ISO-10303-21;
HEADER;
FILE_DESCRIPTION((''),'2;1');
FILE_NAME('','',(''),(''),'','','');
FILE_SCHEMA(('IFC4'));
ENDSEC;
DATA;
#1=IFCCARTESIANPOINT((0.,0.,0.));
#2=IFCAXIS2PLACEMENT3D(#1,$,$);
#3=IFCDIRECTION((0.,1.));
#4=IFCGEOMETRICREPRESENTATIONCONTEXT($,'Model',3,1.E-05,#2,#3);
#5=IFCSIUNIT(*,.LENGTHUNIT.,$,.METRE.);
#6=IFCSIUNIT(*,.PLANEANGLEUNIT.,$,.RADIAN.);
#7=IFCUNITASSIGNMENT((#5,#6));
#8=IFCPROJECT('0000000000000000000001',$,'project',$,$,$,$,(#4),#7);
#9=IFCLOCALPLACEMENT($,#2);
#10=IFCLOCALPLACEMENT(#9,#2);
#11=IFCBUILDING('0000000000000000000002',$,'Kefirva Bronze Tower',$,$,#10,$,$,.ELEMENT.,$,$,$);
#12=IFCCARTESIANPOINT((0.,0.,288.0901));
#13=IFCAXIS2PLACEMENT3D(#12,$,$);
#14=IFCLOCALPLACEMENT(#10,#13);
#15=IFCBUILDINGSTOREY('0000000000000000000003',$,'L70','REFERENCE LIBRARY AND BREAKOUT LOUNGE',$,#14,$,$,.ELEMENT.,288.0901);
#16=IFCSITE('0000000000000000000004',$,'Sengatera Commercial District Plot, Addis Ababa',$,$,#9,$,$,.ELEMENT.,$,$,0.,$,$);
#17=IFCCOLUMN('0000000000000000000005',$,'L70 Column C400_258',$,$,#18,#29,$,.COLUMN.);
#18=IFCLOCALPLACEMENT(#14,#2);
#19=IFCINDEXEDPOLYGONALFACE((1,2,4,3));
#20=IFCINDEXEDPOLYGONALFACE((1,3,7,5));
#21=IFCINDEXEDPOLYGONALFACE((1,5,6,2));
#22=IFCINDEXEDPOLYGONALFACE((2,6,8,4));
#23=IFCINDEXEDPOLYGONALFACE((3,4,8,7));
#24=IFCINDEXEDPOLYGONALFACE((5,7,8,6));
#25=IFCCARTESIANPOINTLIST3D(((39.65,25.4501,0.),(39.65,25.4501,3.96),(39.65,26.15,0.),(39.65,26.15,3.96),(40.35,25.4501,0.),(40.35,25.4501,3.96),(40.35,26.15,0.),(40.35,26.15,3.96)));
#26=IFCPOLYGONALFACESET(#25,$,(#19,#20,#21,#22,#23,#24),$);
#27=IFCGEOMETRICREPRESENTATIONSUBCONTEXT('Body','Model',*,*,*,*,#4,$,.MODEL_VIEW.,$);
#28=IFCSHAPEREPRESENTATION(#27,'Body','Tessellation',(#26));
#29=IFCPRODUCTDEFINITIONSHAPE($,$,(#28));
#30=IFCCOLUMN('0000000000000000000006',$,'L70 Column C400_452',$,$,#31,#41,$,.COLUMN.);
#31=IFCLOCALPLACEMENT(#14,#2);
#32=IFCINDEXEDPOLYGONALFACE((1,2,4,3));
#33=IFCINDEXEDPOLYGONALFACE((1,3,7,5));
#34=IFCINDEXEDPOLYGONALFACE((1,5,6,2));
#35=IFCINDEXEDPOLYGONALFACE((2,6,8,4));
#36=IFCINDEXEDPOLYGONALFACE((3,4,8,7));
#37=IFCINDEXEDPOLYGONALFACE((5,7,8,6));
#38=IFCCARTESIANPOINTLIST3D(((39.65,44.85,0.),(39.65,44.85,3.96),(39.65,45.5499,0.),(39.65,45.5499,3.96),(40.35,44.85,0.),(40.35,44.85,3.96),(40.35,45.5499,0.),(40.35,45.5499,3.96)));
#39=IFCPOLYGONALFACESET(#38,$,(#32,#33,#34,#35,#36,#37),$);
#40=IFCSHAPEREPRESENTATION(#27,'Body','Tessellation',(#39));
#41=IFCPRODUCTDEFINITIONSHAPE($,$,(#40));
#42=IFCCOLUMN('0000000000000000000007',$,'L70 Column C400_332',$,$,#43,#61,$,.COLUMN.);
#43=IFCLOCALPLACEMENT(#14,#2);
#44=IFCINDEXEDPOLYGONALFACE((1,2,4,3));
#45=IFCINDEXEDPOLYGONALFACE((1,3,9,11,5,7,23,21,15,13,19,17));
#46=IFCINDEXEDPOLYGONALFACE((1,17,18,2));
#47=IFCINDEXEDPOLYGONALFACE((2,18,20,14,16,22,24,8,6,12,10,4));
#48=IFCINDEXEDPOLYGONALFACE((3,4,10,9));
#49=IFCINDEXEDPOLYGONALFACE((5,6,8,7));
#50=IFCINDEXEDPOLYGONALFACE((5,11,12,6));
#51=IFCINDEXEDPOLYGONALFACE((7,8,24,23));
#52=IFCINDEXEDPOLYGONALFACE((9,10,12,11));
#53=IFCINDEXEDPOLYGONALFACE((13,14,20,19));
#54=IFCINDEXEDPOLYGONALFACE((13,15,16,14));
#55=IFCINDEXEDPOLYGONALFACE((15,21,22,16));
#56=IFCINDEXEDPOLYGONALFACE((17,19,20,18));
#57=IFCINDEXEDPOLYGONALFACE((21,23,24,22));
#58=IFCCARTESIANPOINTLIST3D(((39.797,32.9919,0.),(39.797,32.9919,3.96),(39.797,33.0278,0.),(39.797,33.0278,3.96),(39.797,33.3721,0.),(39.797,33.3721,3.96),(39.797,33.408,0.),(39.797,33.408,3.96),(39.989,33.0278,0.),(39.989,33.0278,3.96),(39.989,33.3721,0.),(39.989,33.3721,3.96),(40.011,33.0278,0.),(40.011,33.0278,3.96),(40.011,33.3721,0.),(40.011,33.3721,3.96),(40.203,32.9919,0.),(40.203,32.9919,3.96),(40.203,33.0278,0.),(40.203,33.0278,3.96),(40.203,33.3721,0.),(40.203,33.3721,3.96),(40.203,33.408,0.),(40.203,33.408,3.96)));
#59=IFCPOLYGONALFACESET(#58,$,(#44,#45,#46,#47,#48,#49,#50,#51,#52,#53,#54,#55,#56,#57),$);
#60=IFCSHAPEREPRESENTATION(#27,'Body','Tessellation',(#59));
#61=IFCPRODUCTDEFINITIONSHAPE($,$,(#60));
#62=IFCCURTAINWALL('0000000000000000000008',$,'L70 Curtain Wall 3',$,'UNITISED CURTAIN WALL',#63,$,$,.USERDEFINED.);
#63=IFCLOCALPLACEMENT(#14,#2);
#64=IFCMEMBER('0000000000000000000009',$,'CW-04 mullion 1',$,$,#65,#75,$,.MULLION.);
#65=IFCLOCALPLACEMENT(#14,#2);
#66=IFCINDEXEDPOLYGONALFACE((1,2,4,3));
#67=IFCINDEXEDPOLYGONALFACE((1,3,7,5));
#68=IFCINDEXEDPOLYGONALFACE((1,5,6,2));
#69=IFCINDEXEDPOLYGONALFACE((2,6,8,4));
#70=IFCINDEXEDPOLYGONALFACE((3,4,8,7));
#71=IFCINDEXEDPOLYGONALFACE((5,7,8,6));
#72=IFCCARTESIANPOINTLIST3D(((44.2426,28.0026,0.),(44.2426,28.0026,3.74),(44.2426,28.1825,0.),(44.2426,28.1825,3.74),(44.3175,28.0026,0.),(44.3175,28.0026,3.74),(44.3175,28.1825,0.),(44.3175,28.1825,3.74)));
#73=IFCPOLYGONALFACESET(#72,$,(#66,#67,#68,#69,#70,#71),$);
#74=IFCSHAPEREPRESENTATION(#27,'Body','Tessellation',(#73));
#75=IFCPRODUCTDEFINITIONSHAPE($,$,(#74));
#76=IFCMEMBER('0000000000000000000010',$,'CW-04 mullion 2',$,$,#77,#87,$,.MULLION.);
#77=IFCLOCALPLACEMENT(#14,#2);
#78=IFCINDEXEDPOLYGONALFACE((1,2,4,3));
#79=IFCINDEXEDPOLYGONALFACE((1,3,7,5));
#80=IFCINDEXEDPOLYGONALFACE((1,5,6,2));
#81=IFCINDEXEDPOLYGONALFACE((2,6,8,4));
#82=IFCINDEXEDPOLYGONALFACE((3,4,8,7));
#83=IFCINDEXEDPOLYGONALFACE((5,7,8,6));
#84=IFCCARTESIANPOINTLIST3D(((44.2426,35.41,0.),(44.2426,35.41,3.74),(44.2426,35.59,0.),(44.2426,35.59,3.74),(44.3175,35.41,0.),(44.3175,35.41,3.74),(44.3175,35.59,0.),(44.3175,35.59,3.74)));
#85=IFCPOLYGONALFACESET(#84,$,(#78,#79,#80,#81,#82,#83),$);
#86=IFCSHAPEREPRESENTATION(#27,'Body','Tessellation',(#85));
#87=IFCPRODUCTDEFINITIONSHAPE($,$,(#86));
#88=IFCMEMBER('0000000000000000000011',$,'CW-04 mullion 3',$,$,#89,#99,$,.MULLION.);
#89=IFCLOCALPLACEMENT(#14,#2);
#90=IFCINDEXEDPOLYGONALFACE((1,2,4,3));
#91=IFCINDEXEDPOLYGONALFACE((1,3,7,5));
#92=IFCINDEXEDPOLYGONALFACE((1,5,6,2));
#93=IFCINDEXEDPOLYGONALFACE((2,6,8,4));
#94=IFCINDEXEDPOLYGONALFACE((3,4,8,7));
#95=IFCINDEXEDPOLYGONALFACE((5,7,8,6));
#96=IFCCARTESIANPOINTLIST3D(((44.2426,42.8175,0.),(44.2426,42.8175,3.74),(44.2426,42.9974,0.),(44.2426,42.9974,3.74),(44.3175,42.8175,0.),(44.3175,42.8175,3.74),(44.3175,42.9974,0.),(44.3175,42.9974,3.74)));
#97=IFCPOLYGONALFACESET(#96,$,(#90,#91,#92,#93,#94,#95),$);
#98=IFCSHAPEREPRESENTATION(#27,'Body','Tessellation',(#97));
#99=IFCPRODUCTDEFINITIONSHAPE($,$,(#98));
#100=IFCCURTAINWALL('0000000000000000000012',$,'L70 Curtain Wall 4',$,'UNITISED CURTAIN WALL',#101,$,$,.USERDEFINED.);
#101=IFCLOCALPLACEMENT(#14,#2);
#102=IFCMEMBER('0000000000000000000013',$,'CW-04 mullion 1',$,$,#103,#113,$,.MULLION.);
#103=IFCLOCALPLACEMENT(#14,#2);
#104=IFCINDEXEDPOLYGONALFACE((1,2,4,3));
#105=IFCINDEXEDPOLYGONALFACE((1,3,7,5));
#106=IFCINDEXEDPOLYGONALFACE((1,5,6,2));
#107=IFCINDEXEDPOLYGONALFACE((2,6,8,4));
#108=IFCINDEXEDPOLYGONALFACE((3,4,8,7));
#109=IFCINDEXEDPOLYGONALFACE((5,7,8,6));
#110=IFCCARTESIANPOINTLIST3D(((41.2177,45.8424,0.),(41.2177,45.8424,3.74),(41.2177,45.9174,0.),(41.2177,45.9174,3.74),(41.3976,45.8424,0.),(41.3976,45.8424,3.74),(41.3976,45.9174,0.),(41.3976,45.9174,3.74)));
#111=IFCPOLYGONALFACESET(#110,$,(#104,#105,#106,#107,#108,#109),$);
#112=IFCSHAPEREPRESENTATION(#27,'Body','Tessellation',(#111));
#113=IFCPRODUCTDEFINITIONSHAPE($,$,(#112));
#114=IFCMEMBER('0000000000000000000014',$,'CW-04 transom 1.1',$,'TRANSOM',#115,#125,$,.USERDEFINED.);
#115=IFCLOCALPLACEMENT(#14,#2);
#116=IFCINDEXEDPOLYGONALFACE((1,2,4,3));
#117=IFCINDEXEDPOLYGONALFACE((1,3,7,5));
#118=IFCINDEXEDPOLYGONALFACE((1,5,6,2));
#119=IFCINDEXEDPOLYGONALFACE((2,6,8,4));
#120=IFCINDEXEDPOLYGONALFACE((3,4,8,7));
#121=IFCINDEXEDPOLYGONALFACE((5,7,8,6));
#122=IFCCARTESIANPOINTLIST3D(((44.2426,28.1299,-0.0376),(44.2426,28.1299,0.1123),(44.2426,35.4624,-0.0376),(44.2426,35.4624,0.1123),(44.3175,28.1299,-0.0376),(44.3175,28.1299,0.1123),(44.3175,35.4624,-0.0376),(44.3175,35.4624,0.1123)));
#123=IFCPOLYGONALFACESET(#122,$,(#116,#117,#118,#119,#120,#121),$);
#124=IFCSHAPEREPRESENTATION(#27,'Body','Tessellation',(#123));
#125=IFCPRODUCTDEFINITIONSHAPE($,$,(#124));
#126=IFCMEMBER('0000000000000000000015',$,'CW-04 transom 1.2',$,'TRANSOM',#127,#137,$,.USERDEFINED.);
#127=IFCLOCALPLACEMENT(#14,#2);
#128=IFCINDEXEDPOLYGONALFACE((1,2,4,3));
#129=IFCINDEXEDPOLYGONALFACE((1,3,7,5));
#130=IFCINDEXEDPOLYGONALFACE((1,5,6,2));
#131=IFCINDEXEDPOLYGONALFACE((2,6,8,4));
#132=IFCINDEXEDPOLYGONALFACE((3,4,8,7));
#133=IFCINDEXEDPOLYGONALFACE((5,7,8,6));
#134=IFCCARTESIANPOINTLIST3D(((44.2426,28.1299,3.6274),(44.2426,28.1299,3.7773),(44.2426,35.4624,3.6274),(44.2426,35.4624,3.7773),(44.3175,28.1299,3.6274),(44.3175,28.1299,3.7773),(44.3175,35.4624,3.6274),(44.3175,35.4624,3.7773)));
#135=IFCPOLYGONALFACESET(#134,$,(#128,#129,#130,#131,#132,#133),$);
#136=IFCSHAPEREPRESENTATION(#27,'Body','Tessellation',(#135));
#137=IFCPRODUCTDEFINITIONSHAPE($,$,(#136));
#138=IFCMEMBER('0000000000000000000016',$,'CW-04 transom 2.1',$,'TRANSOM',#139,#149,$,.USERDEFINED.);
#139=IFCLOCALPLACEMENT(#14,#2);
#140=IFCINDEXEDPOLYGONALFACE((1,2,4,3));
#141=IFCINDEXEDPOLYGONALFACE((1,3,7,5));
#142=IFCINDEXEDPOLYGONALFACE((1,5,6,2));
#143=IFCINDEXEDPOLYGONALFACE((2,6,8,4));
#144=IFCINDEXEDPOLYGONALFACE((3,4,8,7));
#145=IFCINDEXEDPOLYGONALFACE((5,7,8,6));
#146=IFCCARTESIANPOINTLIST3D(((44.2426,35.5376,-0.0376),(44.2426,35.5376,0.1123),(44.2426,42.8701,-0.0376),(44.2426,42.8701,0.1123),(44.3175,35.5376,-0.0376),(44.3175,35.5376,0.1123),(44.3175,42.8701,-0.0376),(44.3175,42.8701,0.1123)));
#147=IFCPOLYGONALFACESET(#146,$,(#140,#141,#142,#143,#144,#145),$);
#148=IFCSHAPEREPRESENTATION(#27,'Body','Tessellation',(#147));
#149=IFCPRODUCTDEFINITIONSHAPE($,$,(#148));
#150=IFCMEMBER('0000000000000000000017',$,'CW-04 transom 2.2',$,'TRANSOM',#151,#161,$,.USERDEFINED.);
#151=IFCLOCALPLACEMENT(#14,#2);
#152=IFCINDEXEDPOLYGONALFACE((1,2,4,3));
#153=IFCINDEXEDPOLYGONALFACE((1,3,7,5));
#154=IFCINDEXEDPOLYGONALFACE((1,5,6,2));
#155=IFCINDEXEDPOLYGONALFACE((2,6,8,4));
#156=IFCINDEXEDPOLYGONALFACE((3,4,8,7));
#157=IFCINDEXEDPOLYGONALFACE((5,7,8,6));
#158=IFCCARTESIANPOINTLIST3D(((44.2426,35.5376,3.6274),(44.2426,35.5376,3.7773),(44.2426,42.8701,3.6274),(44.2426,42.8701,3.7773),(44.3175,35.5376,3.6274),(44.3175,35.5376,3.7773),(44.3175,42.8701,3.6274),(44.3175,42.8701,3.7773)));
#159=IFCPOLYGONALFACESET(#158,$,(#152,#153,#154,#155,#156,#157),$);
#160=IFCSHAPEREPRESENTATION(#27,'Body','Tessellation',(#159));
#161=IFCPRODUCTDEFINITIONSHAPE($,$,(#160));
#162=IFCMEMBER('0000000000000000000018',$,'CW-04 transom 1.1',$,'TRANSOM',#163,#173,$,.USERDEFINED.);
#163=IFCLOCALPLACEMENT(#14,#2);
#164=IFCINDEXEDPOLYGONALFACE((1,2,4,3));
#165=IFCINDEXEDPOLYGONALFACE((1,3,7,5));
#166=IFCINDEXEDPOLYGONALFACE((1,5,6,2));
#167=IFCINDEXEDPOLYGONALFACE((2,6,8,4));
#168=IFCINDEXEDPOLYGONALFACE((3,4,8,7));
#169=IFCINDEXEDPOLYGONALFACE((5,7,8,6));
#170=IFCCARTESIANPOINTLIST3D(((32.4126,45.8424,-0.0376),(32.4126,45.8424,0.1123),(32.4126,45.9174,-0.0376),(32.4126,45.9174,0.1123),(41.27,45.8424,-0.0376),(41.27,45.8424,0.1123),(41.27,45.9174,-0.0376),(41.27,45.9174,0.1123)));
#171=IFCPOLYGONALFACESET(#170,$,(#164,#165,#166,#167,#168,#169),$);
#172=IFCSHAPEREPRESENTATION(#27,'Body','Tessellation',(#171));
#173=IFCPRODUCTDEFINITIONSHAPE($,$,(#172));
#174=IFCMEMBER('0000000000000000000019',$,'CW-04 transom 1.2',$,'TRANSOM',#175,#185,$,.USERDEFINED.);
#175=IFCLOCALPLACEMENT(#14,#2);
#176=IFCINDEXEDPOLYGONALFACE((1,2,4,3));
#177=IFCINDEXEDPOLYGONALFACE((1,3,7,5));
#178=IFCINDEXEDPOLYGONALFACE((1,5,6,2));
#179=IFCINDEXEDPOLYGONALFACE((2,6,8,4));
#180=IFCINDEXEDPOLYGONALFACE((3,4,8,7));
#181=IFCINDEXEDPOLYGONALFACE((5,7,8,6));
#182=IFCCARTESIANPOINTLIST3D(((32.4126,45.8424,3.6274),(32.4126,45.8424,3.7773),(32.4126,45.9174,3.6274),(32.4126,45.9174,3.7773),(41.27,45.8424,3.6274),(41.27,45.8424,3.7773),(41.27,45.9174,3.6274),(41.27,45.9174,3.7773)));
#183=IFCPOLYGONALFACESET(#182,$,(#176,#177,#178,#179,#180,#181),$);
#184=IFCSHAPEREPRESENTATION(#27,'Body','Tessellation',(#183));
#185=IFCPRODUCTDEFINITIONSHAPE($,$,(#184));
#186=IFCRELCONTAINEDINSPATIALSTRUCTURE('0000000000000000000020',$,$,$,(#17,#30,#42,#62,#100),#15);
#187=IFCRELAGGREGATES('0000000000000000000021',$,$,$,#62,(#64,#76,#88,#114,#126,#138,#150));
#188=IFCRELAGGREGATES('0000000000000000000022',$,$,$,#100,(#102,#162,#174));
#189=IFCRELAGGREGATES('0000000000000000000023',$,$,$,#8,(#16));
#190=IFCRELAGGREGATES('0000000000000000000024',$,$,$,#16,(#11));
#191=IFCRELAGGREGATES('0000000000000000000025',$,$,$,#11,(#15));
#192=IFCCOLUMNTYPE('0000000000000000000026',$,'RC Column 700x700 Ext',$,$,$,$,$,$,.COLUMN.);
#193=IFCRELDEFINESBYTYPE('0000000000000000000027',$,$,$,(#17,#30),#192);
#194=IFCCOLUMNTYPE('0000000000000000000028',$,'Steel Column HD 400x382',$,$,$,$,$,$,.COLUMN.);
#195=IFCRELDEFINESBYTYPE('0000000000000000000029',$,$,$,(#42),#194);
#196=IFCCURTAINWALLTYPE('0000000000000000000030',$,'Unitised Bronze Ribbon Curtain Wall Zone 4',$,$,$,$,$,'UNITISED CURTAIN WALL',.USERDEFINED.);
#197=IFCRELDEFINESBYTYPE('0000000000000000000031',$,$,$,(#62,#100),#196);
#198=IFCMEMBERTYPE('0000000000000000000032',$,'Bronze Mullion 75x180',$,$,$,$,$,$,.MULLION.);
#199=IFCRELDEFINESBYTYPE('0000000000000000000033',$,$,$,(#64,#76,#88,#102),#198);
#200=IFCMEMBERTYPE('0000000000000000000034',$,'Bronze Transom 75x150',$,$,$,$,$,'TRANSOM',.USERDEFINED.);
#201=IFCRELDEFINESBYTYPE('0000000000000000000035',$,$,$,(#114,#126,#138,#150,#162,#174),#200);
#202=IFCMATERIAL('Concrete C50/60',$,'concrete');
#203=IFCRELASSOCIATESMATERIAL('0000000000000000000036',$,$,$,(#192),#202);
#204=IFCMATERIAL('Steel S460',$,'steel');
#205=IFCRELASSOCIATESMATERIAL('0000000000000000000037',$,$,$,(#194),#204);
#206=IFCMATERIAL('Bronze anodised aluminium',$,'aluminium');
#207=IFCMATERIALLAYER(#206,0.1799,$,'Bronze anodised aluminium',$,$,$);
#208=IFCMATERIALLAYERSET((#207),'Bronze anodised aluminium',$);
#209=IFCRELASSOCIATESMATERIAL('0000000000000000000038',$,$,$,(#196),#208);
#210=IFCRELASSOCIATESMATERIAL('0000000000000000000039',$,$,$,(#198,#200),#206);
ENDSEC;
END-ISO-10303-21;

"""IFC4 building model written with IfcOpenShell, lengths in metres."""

from ifc_helpers import new_model, si_unit, direction, frame, origin, origin_2d, place, context, subcontext, project, spatial, rectangle, i_section, extrude, material, layer, layer_set, material_profile, profile_set, type_object, element, aggregate, save


model = new_model("IFC4")

# Units and contexts
model_context = context("Model", 3, precision=1e-05, world=origin(), true_north=direction((0.0, 1.0)))
body_context = subcontext(model_context, "Body", "Model", "MODEL_VIEW")
ifc_project = project(units=[si_unit("LENGTHUNIT", "METRE"), si_unit("PLANEANGLEUNIT", "RADIAN")], contexts=[model_context])

# Site, building, storey
site_placement = place(None, origin())
site = spatial("IfcSite", under=ifc_project, at=site_placement, Name="Sengatera Commercial District Plot, Addis Ababa", CompositionType="ELEMENT", RefElevation=0.0)
building_placement = place(site_placement, origin())
building = spatial("IfcBuilding", under=site, at=building_placement, Name="Kefirva Bronze Tower", CompositionType="ELEMENT")
storey_placement = place(building_placement, frame((0.0, 0.0, 288.0901)))
storey = spatial("IfcBuildingStorey", under=building, at=storey_placement, Name="L70", Description="REFERENCE LIBRARY AND BREAKOUT LOUNGE", CompositionType="ELEMENT", Elevation=288.0901)

# Columns
ifc_material_1 = material(Name="Concrete C50/60", Category="concrete")
ifc_material_profile_1 = material_profile(ifc_material_1, rectangle(XDim=0.7, YDim=0.7, at=origin_2d()), Name="RC 700x700")
ifc_profile_set_1 = profile_set([ifc_material_profile_1], Name="Concrete C50/60")
column_type_1 = type_object("IfcColumnType", Name="RC Column 700x700 Ext", PredefinedType="COLUMN", material=ifc_profile_set_1)
for number, where, z_axis, x_axis, name in (
    (1, (40.0, 25.8, 0.0), (0.0, 0.0, 1.0), (1.0, 0.0, 0.0), "L70 Column C400_258"),
    (2, (40.0, 45.2, 0.0), (0.0, 0.0, 1.0), (1.0, 0.0, 0.0), "L70 Column C400_452"),
):
    element("IfcColumn", number, at=place(storey_placement, frame(where, z_axis=z_axis, x_axis=x_axis)), inside=storey, type_object=column_type_1, Name=name, PredefinedType="COLUMN", context=body_context, shape_type="SweptSolid", body=[
        extrude(rectangle(XDim=0.7, YDim=0.7, at=origin_2d()), origin(), (0.0, 0.0, 1.0), 3.96),
    ])
ifc_material_2 = material(Name="Steel S460", Category="steel")
ifc_material_profile_2 = material_profile(ifc_material_2, i_section(OverallWidth=0.406, OverallDepth=0.416, WebThickness=0.022, FlangeThickness=0.0359, at=origin_2d()), Name="HD 400x382")
ifc_profile_set_2 = profile_set([ifc_material_profile_2], Name="Steel S460")
column_type_2 = type_object("IfcColumnType", Name="Steel Column HD 400x382", PredefinedType="COLUMN", material=ifc_profile_set_2)
column_placement = place(storey_placement, frame((40.0, 33.2, 0.0), z_axis=(0.0, 0.0, 1.0), x_axis=(1.0, 0.0, 0.0)))
element("IfcColumn", 3, at=column_placement, inside=storey, type_object=column_type_2, Name="L70 Column C400_332", PredefinedType="COLUMN", context=body_context, shape_type="SweptSolid", body=[
    extrude(i_section(OverallWidth=0.406, OverallDepth=0.416, WebThickness=0.022, FlangeThickness=0.0359, at=origin_2d()), origin(), (0.0, 0.0, 1.0), 3.96),
])

# Curtain wall, members
ifc_material_3 = material(Name="Bronze anodised aluminium", Category="aluminium")
ifc_layer_1 = layer(ifc_material_3, 0.1799, Name="Bronze anodised aluminium")
ifc_layer_set_1 = layer_set([ifc_layer_1], Name="Bronze anodised aluminium")
curtain_wall_type = type_object("IfcCurtainWallType", Name="Unitised Bronze Ribbon Curtain Wall Zone 4", ElementType="UNITISED CURTAIN WALL", PredefinedType="USERDEFINED", material=ifc_layer_set_1)
curtain_wall_1_placement = place(storey_placement, origin())
curtain_wall_1 = element("IfcCurtainWall", 4, at=curtain_wall_1_placement, inside=storey, type_object=curtain_wall_type, Name="L70 Curtain Wall 3", ObjectType="UNITISED CURTAIN WALL", PredefinedType="USERDEFINED")
ifc_material_profile_3 = material_profile(ifc_material_3, rectangle(XDim=0.075, YDim=0.1799, at=origin_2d()), Name="ALU 75x180")
ifc_profile_set_3 = profile_set([ifc_material_profile_3], Name="Bronze anodised aluminium")
member_type_1 = type_object("IfcMemberType", Name="Bronze Mullion 75x180", PredefinedType="MULLION", material=ifc_profile_set_3)
member_1_placement = place(storey_placement, frame((44.28, 28.0925, 0.0), z_axis=(0.0, 0.0, 1.0), x_axis=(-1.0, 0.0, 0.0)))
member_1 = element("IfcMember", 5, at=member_1_placement, type_object=member_type_1, Name="CW-04 mullion 1", PredefinedType="MULLION", context=body_context, shape_type="SweptSolid", body=[
    extrude(rectangle(XDim=0.075, YDim=0.1799, at=origin_2d()), origin(), (0.0, 0.0, 1.0), 3.74),
])
member_2_placement = place(storey_placement, frame((44.28, 35.5, 0.0), z_axis=(0.0, 0.0, 1.0), x_axis=(-1.0, 0.0, 0.0)))
member_2 = element("IfcMember", 6, at=member_2_placement, type_object=member_type_1, Name="CW-04 mullion 2", PredefinedType="MULLION", context=body_context, shape_type="SweptSolid", body=[
    extrude(rectangle(XDim=0.075, YDim=0.1799, at=origin_2d()), origin(), (0.0, 0.0, 1.0), 3.74),
])
member_3_placement = place(storey_placement, frame((44.28, 42.9075, 0.0), z_axis=(0.0, 0.0, 1.0), x_axis=(-1.0, 0.0, 0.0)))
member_3 = element("IfcMember", 7, at=member_3_placement, type_object=member_type_1, Name="CW-04 mullion 3", PredefinedType="MULLION", context=body_context, shape_type="SweptSolid", body=[
    extrude(rectangle(XDim=0.075, YDim=0.1799, at=origin_2d()), origin(), (0.0, 0.0, 1.0), 3.74),
])

# Curtain wall, member
curtain_wall_2_placement = place(storey_placement, origin())
curtain_wall_2 = element("IfcCurtainWall", 8, at=curtain_wall_2_placement, inside=storey, type_object=curtain_wall_type, Name="L70 Curtain Wall 4", ObjectType="UNITISED CURTAIN WALL", PredefinedType="USERDEFINED")
member_4_placement = place(storey_placement, frame((41.3076, 45.8799, 0.0), z_axis=(0.0, 0.0, 1.0), x_axis=(0.0, -1.0, 0.0)))
member_4 = element("IfcMember", 9, at=member_4_placement, type_object=member_type_1, Name="CW-04 mullion 1", PredefinedType="MULLION", context=body_context, shape_type="SweptSolid", body=[
    extrude(rectangle(XDim=0.075, YDim=0.1799, at=origin_2d()), origin(), (0.0, 0.0, 1.0), 3.74),
])

# Members
ifc_material_profile_4 = material_profile(ifc_material_3, rectangle(XDim=0.075, YDim=0.1499, at=origin_2d()), Name="ALU 75x150")
ifc_profile_set_4 = profile_set([ifc_material_profile_4], Name="Bronze anodised aluminium")
member_type_2 = type_object("IfcMemberType", Name="Bronze Transom 75x150", ElementType="TRANSOM", PredefinedType="USERDEFINED", material=ifc_profile_set_4)
member_5_placement = place(storey_placement, frame((44.28, 28.1299, 0.0374), z_axis=(0.0, 1.0, 0.0), x_axis=(-1.0, 0.0, 0.0)))
member_5 = element("IfcMember", 10, at=member_5_placement, type_object=member_type_2, Name="CW-04 transom 1.1", ObjectType="TRANSOM", PredefinedType="USERDEFINED", context=body_context, shape_type="SweptSolid", body=[
    extrude(rectangle(XDim=0.075, YDim=0.1499, at=origin_2d()), origin(), (0.0, 0.0, 1.0), 7.3325),
])
member_6_placement = place(storey_placement, frame((44.28, 28.1299, 3.7024), z_axis=(0.0, 1.0, 0.0), x_axis=(-1.0, 0.0, 0.0)))
member_6 = element("IfcMember", 11, at=member_6_placement, type_object=member_type_2, Name="CW-04 transom 1.2", ObjectType="TRANSOM", PredefinedType="USERDEFINED", context=body_context, shape_type="SweptSolid", body=[
    extrude(rectangle(XDim=0.075, YDim=0.1499, at=origin_2d()), origin(), (0.0, 0.0, 1.0), 7.3325),
])
member_7_placement = place(storey_placement, frame((44.28, 35.5376, 0.0374), z_axis=(0.0, 1.0, 0.0), x_axis=(-1.0, 0.0, 0.0)))
member_7 = element("IfcMember", 12, at=member_7_placement, type_object=member_type_2, Name="CW-04 transom 2.1", ObjectType="TRANSOM", PredefinedType="USERDEFINED", context=body_context, shape_type="SweptSolid", body=[
    extrude(rectangle(XDim=0.075, YDim=0.1499, at=origin_2d()), origin(), (0.0, 0.0, 1.0), 7.3325),
])
member_8_placement = place(storey_placement, frame((44.28, 35.5376, 3.7024), z_axis=(0.0, 1.0, 0.0), x_axis=(-1.0, 0.0, 0.0)))
member_8 = element("IfcMember", 13, at=member_8_placement, type_object=member_type_2, Name="CW-04 transom 2.2", ObjectType="TRANSOM", PredefinedType="USERDEFINED", context=body_context, shape_type="SweptSolid", body=[
    extrude(rectangle(XDim=0.075, YDim=0.1499, at=origin_2d()), origin(), (0.0, 0.0, 1.0), 7.3325),
])
member_9_placement = place(storey_placement, frame((41.27, 45.8799, 0.0374), z_axis=(-1.0, 0.0, 0.0), x_axis=(0.0, -1.0, 0.0)))
member_9 = element("IfcMember", 14, at=member_9_placement, type_object=member_type_2, Name="CW-04 transom 1.1", ObjectType="TRANSOM", PredefinedType="USERDEFINED", context=body_context, shape_type="SweptSolid", body=[
    extrude(rectangle(XDim=0.075, YDim=0.1499, at=origin_2d()), origin(), (0.0, 0.0, 1.0), 8.8574),
])
member_10_placement = place(storey_placement, frame((41.27, 45.8799, 3.7024), z_axis=(-1.0, 0.0, 0.0), x_axis=(0.0, -1.0, 0.0)))
member_10 = element("IfcMember", 15, at=member_10_placement, type_object=member_type_2, Name="CW-04 transom 1.2", ObjectType="TRANSOM", PredefinedType="USERDEFINED", context=body_context, shape_type="SweptSolid", body=[
    extrude(rectangle(XDim=0.075, YDim=0.1499, at=origin_2d()), origin(), (0.0, 0.0, 1.0), 8.8574),
])

aggregate(curtain_wall_1, [member_1, member_2, member_3, member_5, member_6, member_7, member_8])
aggregate(curtain_wall_2, [member_4, member_9, member_10])

save(model, "model.ifc")
